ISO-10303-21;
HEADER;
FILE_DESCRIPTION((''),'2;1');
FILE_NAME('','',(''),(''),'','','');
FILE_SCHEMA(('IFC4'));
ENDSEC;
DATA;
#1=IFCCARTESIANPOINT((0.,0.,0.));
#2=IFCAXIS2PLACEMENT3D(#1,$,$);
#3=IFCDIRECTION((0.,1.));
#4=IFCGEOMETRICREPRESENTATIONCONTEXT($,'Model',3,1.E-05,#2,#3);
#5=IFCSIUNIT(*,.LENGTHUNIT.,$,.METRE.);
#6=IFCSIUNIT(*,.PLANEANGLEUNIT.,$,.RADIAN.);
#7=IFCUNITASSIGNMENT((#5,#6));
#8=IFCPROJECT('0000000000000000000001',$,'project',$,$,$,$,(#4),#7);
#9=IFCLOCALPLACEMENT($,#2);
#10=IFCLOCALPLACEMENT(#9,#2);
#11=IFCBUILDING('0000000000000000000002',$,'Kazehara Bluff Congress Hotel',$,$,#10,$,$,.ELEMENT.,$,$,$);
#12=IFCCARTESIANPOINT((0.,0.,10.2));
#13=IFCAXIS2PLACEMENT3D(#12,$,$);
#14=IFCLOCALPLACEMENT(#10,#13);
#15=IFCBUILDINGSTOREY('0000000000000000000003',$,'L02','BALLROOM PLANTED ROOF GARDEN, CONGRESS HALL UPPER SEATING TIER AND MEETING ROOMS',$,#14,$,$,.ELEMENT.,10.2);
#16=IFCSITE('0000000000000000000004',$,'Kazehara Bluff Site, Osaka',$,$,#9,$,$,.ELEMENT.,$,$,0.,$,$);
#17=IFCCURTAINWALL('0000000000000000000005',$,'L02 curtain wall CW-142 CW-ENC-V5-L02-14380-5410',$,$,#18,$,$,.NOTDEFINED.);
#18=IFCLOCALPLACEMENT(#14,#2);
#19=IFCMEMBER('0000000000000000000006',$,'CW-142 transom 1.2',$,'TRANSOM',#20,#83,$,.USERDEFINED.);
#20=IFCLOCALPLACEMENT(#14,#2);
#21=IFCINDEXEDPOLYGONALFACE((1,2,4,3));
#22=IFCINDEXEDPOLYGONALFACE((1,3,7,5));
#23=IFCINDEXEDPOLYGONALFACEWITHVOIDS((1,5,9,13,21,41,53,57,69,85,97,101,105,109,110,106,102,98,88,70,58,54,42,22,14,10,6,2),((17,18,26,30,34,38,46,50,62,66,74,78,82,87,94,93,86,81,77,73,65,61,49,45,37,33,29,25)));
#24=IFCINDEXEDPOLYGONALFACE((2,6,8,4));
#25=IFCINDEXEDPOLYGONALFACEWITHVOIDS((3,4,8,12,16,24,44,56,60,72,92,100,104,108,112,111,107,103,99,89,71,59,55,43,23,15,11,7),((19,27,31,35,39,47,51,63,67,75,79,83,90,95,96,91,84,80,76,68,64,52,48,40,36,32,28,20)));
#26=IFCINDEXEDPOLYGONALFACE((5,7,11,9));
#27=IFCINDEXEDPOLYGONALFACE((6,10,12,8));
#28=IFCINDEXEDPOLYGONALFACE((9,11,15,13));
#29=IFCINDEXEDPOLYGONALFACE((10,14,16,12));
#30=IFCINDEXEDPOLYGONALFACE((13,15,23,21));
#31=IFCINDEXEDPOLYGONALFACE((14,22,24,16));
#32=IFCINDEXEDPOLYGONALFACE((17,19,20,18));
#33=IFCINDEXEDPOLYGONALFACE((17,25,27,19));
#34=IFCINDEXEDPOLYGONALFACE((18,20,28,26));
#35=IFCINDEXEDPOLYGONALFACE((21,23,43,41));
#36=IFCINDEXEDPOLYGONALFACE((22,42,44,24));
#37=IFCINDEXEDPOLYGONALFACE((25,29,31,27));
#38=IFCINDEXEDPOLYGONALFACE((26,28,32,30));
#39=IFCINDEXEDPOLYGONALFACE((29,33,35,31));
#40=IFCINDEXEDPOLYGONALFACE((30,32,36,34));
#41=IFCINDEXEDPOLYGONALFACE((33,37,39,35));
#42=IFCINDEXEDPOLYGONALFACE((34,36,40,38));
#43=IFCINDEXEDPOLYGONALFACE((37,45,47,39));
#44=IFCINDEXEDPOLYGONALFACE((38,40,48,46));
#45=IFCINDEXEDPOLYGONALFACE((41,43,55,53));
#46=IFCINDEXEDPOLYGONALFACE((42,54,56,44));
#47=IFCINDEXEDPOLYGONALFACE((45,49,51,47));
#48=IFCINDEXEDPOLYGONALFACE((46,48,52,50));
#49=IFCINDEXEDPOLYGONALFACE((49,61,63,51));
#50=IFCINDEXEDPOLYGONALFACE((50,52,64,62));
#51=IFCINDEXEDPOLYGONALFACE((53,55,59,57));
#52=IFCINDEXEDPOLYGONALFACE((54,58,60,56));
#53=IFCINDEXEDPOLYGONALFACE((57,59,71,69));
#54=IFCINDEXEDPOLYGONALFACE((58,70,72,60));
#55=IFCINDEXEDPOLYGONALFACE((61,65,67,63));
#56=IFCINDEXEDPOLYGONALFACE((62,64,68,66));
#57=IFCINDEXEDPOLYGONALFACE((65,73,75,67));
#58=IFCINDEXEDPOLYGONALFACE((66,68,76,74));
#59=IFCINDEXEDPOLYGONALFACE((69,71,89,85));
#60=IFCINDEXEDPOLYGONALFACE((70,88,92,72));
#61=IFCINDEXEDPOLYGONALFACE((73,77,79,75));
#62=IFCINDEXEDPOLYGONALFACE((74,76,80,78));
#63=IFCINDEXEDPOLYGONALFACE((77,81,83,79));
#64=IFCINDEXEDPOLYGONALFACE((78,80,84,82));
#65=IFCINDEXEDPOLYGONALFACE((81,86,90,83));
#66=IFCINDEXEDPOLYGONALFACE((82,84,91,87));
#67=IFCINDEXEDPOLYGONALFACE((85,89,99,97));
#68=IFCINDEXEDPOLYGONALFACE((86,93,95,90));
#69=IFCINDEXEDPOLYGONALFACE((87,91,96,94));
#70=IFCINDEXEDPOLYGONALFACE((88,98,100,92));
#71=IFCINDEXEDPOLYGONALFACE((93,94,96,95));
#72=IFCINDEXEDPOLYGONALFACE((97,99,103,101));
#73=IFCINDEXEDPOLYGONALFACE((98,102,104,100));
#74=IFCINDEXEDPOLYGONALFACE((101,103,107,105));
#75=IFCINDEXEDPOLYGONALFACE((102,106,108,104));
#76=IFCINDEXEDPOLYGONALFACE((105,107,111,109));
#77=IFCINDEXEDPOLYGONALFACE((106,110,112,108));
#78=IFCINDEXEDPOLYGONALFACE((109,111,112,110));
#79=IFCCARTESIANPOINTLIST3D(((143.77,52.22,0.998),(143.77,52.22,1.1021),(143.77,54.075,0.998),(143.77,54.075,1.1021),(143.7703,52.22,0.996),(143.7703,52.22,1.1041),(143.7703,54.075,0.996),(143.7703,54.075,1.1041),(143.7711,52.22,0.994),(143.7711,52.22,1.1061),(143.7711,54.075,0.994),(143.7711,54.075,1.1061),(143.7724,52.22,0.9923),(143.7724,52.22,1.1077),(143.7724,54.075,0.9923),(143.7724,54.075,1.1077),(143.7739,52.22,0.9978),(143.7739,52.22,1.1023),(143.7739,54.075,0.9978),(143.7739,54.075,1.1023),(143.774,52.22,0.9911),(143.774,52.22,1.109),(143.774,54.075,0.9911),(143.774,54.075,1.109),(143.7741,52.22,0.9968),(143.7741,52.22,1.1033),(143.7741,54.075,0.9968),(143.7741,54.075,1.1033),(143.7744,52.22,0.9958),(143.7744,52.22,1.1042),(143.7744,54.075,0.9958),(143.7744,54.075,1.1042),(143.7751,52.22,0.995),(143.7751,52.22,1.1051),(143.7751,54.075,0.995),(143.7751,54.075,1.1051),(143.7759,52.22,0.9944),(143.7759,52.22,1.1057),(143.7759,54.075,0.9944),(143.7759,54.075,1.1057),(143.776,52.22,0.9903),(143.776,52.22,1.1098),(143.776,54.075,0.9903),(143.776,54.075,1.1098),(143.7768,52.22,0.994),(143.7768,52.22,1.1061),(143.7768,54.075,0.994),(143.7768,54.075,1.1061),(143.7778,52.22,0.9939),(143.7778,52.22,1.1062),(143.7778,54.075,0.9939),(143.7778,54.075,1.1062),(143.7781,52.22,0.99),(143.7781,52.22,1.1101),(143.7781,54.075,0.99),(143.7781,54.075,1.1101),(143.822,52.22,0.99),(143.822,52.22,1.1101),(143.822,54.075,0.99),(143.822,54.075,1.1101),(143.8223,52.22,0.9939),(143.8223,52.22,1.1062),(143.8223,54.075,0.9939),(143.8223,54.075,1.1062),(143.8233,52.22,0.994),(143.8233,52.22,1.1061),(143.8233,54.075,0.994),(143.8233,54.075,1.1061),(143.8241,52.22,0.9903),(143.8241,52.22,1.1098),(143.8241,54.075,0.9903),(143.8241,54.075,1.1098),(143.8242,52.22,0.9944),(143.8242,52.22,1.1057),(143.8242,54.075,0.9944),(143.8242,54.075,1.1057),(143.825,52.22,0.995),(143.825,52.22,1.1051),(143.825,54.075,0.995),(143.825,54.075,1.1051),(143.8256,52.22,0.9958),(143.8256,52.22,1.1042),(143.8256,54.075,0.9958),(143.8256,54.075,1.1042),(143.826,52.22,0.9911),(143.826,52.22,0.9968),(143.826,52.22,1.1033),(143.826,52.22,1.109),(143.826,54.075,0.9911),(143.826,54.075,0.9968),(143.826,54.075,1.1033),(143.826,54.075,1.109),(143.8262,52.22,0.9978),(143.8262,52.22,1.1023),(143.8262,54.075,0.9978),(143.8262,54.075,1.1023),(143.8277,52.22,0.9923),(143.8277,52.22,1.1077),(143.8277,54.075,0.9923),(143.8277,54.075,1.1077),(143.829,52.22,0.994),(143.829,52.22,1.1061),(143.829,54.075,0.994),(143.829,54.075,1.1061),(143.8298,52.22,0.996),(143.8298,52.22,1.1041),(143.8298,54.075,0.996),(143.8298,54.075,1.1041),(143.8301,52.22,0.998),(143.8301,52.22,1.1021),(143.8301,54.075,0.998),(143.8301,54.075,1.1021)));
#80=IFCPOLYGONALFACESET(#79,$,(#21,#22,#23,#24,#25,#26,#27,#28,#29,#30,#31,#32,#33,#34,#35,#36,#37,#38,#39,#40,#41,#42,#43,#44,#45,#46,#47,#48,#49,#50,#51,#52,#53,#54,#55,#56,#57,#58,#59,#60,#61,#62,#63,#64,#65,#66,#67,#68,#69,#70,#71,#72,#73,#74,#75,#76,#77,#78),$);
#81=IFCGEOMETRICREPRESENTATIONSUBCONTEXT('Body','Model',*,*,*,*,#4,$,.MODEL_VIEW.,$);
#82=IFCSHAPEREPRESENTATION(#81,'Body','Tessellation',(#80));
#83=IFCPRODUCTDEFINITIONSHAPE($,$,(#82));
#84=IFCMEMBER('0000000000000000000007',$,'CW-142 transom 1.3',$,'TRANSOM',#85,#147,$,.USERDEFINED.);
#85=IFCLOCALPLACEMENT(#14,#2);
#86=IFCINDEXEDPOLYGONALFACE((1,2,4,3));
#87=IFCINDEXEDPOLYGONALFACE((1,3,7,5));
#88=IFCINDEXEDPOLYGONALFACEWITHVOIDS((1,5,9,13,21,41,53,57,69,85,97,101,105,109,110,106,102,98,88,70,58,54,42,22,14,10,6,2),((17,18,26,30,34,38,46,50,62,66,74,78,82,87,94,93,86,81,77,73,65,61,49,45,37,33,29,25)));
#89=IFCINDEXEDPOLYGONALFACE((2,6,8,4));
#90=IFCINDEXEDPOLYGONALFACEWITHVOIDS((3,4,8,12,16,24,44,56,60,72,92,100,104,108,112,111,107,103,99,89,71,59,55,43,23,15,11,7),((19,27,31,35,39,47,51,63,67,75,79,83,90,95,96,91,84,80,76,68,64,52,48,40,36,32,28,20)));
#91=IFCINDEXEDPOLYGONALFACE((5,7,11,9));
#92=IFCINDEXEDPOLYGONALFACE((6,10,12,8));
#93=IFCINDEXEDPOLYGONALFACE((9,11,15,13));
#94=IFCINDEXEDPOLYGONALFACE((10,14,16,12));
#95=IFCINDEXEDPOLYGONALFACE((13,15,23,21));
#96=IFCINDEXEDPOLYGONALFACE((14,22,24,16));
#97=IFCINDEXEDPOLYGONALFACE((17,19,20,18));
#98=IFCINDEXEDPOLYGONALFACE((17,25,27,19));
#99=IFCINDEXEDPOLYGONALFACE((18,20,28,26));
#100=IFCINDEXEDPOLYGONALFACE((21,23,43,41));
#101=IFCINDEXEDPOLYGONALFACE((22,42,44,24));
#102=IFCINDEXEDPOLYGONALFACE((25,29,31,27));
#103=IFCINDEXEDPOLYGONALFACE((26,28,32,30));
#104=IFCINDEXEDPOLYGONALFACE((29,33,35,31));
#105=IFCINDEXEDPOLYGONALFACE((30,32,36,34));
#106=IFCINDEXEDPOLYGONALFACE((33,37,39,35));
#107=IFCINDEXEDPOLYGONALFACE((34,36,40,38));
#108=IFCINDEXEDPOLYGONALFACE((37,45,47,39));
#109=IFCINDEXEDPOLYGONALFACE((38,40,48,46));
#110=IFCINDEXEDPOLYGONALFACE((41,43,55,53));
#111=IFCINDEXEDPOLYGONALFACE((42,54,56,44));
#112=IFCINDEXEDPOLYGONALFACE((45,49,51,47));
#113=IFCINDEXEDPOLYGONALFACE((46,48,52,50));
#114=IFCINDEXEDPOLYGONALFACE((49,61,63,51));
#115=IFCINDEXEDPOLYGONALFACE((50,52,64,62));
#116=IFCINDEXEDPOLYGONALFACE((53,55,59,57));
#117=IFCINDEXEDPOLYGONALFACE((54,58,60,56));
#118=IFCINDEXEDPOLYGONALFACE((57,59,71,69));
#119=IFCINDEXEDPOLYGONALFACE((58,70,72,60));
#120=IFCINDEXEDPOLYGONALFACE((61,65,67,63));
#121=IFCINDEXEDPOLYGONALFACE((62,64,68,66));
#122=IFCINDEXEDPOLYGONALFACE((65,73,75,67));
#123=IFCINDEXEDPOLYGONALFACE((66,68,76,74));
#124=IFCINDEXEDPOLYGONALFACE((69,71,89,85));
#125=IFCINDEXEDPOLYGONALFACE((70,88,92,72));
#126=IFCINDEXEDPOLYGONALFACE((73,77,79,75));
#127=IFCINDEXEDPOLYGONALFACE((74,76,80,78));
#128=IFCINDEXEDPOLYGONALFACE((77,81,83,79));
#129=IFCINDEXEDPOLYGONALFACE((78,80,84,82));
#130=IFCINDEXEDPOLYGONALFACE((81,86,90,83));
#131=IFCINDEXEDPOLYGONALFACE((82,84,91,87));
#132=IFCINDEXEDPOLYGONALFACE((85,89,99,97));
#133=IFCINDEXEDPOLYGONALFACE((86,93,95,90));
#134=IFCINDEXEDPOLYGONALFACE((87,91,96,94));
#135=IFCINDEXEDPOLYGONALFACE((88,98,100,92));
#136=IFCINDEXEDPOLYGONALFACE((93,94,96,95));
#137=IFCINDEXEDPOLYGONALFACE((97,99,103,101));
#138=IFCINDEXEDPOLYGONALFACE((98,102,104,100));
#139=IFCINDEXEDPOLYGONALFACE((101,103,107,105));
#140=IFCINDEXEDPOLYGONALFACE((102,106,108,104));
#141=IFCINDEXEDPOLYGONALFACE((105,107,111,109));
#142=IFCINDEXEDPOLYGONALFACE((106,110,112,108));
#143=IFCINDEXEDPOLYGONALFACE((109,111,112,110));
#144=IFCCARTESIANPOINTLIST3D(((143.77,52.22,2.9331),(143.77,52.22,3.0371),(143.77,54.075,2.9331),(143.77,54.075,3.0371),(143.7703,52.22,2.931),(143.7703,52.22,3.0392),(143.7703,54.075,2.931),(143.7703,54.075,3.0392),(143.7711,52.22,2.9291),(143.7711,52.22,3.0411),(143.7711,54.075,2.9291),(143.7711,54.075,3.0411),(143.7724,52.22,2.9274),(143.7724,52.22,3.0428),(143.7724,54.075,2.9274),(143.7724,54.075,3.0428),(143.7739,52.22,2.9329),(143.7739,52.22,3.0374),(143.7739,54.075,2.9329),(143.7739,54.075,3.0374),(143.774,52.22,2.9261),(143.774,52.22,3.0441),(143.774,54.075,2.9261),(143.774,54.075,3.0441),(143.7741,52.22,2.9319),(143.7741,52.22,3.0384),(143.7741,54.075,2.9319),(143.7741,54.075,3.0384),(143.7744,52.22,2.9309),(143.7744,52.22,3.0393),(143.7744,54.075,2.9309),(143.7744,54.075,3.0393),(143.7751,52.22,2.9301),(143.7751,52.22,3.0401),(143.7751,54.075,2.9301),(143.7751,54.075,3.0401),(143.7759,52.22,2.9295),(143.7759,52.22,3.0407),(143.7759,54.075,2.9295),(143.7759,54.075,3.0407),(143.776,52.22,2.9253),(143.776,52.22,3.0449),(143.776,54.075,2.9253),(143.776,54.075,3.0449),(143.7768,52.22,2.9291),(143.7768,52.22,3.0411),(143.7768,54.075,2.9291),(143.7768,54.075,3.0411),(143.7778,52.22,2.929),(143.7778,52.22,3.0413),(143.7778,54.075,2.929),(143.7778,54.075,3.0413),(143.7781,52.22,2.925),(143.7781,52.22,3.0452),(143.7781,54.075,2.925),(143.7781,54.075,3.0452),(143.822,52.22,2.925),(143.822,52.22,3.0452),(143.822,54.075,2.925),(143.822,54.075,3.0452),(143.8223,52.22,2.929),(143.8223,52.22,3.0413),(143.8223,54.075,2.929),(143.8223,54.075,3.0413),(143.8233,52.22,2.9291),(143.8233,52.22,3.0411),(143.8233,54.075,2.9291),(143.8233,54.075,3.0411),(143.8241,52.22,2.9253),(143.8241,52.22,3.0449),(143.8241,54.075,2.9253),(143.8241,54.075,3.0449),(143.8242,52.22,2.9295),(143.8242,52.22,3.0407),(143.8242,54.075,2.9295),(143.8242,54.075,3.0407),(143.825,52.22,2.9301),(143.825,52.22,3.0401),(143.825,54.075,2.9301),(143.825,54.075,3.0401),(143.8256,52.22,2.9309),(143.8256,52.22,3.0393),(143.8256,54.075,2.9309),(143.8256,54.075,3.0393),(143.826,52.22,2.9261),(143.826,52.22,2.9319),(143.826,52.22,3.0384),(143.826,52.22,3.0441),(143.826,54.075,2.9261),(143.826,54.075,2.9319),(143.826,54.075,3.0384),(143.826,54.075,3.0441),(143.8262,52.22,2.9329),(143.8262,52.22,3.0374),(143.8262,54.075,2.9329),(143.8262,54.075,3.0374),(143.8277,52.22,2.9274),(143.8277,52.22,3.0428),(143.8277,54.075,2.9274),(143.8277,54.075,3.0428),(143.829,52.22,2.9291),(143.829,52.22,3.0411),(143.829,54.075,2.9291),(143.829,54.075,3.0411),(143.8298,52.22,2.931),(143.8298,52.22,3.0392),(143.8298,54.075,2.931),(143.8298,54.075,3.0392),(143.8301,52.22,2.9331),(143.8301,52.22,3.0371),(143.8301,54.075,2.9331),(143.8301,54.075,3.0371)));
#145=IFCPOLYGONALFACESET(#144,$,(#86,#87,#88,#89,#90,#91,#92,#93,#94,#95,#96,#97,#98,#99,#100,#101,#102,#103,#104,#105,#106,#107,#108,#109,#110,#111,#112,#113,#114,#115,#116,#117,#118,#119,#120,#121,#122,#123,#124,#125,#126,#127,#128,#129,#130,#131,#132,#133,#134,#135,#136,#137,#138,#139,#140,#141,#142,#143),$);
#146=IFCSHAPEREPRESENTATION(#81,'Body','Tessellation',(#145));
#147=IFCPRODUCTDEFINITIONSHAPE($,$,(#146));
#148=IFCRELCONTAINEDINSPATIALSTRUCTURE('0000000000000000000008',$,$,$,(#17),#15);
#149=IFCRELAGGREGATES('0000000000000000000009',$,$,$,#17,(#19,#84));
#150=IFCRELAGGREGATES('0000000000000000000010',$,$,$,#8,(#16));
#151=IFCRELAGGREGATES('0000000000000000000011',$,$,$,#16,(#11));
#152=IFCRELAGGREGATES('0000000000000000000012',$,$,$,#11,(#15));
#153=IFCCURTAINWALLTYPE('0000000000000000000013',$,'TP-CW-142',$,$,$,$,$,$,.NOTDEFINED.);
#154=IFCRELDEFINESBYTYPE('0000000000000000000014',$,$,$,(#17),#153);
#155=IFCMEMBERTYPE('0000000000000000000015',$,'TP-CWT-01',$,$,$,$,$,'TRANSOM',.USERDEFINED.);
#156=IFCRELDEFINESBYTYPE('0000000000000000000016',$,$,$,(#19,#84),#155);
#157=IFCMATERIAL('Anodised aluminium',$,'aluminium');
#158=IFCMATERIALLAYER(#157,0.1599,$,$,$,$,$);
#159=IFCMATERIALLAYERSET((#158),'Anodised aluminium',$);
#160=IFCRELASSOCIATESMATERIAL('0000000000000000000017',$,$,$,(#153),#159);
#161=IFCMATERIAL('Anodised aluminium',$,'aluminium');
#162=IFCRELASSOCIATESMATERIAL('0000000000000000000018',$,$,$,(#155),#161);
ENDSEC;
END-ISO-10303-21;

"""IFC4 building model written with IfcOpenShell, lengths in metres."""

from ifc_helpers import new_model, si_unit, direction, frame, origin, origin_2d, place, context, subcontext, project, spatial, hollow_rectangle, extrude, material, layer, layer_set, material_profile, profile_set, type_object, element, aggregate, save


model = new_model("IFC4")

# Units and contexts
model_context = context("Model", 3, precision=1e-05, world=origin(), true_north=direction((0.0, 1.0)))
body_context = subcontext(model_context, "Body", "Model", "MODEL_VIEW")
ifc_project = project(units=[si_unit("LENGTHUNIT", "METRE"), si_unit("PLANEANGLEUNIT", "RADIAN")], contexts=[model_context])

# Site, building, storey
site_placement = place(None, origin())
site = spatial("IfcSite", under=ifc_project, at=site_placement, Name="Kazehara Bluff Site, Osaka", CompositionType="ELEMENT", RefElevation=0.0)
building_placement = place(site_placement, origin())
building = spatial("IfcBuilding", under=site, at=building_placement, Name="Kazehara Bluff Congress Hotel", CompositionType="ELEMENT")
storey_placement = place(building_placement, frame((0.0, 0.0, 10.2)))
storey = spatial("IfcBuildingStorey", under=building, at=storey_placement, Name="L02", Description="BALLROOM PLANTED ROOF GARDEN, CONGRESS HALL UPPER SEATING TIER AND MEETING ROOMS", CompositionType="ELEMENT", Elevation=10.2)

# Curtain wall
ifc_material_1 = material(Name="Anodised aluminium", Category="aluminium")
ifc_layer_1 = layer(ifc_material_1, 0.1599)
ifc_layer_set_1 = layer_set([ifc_layer_1], Name="Anodised aluminium")
curtain_wall_type_1 = type_object("IfcCurtainWallType", Name="TP-CW-142", PredefinedType="NOTDEFINED", material=ifc_layer_set_1)
curtain_wall_1_placement = place(storey_placement, origin())
curtain_wall_1 = element("IfcCurtainWall", 1, at=curtain_wall_1_placement, inside=storey, type_object=curtain_wall_type_1, Name="L02 curtain wall CW-142 CW-ENC-V5-L02-14380-5410", PredefinedType="NOTDEFINED")

# Members
ifc_material_2 = material(Name="Anodised aluminium", Category="aluminium")
ifc_material_profile_1 = material_profile(ifc_material_2, hollow_rectangle(XDim=0.0601, YDim=0.1201, WallThickness=0.0039, InnerFilletRadius=0.0039, OuterFilletRadius=0.0081, at=origin_2d()))
ifc_profile_set_1 = profile_set([ifc_material_profile_1], Name="Anodised aluminium")
member_type_1 = type_object("IfcMemberType", Name="TP-CWT-01", ElementType="TRANSOM", PredefinedType="USERDEFINED", material=ifc_profile_set_1)
member_1_placement = place(storey_placement, frame((143.8, 52.22, 1.05), z_axis=(0.0, 1.0, 0.0), x_axis=(-1.0, 0.0, 0.0)))
member_1 = element("IfcMember", 2, at=member_1_placement, type_object=member_type_1, Name="CW-142 transom 1.2", ObjectType="TRANSOM", PredefinedType="USERDEFINED", context=body_context, shape_type="SweptSolid", body=[
    extrude(hollow_rectangle(XDim=0.0601, YDim=0.1201, WallThickness=0.0039, InnerFilletRadius=0.0039, OuterFilletRadius=0.0081, at=origin_2d()), origin(), (0.0, 0.0, 1.0), 1.855),
])
member_2_placement = place(storey_placement, frame((143.8, 52.22, 2.9851), z_axis=(0.0, 1.0, 0.0), x_axis=(-1.0, 0.0, 0.0)))
member_2 = element("IfcMember", 3, at=member_2_placement, type_object=member_type_1, Name="CW-142 transom 1.3", ObjectType="TRANSOM", PredefinedType="USERDEFINED", context=body_context, shape_type="SweptSolid", body=[
    extrude(hollow_rectangle(XDim=0.0601, YDim=0.1201, WallThickness=0.0039, InnerFilletRadius=0.0039, OuterFilletRadius=0.0081, at=origin_2d()), origin(), (0.0, 0.0, 1.0), 1.855),
])

aggregate(curtain_wall_1, [member_1, member_2])

save(model, "model.ifc")
